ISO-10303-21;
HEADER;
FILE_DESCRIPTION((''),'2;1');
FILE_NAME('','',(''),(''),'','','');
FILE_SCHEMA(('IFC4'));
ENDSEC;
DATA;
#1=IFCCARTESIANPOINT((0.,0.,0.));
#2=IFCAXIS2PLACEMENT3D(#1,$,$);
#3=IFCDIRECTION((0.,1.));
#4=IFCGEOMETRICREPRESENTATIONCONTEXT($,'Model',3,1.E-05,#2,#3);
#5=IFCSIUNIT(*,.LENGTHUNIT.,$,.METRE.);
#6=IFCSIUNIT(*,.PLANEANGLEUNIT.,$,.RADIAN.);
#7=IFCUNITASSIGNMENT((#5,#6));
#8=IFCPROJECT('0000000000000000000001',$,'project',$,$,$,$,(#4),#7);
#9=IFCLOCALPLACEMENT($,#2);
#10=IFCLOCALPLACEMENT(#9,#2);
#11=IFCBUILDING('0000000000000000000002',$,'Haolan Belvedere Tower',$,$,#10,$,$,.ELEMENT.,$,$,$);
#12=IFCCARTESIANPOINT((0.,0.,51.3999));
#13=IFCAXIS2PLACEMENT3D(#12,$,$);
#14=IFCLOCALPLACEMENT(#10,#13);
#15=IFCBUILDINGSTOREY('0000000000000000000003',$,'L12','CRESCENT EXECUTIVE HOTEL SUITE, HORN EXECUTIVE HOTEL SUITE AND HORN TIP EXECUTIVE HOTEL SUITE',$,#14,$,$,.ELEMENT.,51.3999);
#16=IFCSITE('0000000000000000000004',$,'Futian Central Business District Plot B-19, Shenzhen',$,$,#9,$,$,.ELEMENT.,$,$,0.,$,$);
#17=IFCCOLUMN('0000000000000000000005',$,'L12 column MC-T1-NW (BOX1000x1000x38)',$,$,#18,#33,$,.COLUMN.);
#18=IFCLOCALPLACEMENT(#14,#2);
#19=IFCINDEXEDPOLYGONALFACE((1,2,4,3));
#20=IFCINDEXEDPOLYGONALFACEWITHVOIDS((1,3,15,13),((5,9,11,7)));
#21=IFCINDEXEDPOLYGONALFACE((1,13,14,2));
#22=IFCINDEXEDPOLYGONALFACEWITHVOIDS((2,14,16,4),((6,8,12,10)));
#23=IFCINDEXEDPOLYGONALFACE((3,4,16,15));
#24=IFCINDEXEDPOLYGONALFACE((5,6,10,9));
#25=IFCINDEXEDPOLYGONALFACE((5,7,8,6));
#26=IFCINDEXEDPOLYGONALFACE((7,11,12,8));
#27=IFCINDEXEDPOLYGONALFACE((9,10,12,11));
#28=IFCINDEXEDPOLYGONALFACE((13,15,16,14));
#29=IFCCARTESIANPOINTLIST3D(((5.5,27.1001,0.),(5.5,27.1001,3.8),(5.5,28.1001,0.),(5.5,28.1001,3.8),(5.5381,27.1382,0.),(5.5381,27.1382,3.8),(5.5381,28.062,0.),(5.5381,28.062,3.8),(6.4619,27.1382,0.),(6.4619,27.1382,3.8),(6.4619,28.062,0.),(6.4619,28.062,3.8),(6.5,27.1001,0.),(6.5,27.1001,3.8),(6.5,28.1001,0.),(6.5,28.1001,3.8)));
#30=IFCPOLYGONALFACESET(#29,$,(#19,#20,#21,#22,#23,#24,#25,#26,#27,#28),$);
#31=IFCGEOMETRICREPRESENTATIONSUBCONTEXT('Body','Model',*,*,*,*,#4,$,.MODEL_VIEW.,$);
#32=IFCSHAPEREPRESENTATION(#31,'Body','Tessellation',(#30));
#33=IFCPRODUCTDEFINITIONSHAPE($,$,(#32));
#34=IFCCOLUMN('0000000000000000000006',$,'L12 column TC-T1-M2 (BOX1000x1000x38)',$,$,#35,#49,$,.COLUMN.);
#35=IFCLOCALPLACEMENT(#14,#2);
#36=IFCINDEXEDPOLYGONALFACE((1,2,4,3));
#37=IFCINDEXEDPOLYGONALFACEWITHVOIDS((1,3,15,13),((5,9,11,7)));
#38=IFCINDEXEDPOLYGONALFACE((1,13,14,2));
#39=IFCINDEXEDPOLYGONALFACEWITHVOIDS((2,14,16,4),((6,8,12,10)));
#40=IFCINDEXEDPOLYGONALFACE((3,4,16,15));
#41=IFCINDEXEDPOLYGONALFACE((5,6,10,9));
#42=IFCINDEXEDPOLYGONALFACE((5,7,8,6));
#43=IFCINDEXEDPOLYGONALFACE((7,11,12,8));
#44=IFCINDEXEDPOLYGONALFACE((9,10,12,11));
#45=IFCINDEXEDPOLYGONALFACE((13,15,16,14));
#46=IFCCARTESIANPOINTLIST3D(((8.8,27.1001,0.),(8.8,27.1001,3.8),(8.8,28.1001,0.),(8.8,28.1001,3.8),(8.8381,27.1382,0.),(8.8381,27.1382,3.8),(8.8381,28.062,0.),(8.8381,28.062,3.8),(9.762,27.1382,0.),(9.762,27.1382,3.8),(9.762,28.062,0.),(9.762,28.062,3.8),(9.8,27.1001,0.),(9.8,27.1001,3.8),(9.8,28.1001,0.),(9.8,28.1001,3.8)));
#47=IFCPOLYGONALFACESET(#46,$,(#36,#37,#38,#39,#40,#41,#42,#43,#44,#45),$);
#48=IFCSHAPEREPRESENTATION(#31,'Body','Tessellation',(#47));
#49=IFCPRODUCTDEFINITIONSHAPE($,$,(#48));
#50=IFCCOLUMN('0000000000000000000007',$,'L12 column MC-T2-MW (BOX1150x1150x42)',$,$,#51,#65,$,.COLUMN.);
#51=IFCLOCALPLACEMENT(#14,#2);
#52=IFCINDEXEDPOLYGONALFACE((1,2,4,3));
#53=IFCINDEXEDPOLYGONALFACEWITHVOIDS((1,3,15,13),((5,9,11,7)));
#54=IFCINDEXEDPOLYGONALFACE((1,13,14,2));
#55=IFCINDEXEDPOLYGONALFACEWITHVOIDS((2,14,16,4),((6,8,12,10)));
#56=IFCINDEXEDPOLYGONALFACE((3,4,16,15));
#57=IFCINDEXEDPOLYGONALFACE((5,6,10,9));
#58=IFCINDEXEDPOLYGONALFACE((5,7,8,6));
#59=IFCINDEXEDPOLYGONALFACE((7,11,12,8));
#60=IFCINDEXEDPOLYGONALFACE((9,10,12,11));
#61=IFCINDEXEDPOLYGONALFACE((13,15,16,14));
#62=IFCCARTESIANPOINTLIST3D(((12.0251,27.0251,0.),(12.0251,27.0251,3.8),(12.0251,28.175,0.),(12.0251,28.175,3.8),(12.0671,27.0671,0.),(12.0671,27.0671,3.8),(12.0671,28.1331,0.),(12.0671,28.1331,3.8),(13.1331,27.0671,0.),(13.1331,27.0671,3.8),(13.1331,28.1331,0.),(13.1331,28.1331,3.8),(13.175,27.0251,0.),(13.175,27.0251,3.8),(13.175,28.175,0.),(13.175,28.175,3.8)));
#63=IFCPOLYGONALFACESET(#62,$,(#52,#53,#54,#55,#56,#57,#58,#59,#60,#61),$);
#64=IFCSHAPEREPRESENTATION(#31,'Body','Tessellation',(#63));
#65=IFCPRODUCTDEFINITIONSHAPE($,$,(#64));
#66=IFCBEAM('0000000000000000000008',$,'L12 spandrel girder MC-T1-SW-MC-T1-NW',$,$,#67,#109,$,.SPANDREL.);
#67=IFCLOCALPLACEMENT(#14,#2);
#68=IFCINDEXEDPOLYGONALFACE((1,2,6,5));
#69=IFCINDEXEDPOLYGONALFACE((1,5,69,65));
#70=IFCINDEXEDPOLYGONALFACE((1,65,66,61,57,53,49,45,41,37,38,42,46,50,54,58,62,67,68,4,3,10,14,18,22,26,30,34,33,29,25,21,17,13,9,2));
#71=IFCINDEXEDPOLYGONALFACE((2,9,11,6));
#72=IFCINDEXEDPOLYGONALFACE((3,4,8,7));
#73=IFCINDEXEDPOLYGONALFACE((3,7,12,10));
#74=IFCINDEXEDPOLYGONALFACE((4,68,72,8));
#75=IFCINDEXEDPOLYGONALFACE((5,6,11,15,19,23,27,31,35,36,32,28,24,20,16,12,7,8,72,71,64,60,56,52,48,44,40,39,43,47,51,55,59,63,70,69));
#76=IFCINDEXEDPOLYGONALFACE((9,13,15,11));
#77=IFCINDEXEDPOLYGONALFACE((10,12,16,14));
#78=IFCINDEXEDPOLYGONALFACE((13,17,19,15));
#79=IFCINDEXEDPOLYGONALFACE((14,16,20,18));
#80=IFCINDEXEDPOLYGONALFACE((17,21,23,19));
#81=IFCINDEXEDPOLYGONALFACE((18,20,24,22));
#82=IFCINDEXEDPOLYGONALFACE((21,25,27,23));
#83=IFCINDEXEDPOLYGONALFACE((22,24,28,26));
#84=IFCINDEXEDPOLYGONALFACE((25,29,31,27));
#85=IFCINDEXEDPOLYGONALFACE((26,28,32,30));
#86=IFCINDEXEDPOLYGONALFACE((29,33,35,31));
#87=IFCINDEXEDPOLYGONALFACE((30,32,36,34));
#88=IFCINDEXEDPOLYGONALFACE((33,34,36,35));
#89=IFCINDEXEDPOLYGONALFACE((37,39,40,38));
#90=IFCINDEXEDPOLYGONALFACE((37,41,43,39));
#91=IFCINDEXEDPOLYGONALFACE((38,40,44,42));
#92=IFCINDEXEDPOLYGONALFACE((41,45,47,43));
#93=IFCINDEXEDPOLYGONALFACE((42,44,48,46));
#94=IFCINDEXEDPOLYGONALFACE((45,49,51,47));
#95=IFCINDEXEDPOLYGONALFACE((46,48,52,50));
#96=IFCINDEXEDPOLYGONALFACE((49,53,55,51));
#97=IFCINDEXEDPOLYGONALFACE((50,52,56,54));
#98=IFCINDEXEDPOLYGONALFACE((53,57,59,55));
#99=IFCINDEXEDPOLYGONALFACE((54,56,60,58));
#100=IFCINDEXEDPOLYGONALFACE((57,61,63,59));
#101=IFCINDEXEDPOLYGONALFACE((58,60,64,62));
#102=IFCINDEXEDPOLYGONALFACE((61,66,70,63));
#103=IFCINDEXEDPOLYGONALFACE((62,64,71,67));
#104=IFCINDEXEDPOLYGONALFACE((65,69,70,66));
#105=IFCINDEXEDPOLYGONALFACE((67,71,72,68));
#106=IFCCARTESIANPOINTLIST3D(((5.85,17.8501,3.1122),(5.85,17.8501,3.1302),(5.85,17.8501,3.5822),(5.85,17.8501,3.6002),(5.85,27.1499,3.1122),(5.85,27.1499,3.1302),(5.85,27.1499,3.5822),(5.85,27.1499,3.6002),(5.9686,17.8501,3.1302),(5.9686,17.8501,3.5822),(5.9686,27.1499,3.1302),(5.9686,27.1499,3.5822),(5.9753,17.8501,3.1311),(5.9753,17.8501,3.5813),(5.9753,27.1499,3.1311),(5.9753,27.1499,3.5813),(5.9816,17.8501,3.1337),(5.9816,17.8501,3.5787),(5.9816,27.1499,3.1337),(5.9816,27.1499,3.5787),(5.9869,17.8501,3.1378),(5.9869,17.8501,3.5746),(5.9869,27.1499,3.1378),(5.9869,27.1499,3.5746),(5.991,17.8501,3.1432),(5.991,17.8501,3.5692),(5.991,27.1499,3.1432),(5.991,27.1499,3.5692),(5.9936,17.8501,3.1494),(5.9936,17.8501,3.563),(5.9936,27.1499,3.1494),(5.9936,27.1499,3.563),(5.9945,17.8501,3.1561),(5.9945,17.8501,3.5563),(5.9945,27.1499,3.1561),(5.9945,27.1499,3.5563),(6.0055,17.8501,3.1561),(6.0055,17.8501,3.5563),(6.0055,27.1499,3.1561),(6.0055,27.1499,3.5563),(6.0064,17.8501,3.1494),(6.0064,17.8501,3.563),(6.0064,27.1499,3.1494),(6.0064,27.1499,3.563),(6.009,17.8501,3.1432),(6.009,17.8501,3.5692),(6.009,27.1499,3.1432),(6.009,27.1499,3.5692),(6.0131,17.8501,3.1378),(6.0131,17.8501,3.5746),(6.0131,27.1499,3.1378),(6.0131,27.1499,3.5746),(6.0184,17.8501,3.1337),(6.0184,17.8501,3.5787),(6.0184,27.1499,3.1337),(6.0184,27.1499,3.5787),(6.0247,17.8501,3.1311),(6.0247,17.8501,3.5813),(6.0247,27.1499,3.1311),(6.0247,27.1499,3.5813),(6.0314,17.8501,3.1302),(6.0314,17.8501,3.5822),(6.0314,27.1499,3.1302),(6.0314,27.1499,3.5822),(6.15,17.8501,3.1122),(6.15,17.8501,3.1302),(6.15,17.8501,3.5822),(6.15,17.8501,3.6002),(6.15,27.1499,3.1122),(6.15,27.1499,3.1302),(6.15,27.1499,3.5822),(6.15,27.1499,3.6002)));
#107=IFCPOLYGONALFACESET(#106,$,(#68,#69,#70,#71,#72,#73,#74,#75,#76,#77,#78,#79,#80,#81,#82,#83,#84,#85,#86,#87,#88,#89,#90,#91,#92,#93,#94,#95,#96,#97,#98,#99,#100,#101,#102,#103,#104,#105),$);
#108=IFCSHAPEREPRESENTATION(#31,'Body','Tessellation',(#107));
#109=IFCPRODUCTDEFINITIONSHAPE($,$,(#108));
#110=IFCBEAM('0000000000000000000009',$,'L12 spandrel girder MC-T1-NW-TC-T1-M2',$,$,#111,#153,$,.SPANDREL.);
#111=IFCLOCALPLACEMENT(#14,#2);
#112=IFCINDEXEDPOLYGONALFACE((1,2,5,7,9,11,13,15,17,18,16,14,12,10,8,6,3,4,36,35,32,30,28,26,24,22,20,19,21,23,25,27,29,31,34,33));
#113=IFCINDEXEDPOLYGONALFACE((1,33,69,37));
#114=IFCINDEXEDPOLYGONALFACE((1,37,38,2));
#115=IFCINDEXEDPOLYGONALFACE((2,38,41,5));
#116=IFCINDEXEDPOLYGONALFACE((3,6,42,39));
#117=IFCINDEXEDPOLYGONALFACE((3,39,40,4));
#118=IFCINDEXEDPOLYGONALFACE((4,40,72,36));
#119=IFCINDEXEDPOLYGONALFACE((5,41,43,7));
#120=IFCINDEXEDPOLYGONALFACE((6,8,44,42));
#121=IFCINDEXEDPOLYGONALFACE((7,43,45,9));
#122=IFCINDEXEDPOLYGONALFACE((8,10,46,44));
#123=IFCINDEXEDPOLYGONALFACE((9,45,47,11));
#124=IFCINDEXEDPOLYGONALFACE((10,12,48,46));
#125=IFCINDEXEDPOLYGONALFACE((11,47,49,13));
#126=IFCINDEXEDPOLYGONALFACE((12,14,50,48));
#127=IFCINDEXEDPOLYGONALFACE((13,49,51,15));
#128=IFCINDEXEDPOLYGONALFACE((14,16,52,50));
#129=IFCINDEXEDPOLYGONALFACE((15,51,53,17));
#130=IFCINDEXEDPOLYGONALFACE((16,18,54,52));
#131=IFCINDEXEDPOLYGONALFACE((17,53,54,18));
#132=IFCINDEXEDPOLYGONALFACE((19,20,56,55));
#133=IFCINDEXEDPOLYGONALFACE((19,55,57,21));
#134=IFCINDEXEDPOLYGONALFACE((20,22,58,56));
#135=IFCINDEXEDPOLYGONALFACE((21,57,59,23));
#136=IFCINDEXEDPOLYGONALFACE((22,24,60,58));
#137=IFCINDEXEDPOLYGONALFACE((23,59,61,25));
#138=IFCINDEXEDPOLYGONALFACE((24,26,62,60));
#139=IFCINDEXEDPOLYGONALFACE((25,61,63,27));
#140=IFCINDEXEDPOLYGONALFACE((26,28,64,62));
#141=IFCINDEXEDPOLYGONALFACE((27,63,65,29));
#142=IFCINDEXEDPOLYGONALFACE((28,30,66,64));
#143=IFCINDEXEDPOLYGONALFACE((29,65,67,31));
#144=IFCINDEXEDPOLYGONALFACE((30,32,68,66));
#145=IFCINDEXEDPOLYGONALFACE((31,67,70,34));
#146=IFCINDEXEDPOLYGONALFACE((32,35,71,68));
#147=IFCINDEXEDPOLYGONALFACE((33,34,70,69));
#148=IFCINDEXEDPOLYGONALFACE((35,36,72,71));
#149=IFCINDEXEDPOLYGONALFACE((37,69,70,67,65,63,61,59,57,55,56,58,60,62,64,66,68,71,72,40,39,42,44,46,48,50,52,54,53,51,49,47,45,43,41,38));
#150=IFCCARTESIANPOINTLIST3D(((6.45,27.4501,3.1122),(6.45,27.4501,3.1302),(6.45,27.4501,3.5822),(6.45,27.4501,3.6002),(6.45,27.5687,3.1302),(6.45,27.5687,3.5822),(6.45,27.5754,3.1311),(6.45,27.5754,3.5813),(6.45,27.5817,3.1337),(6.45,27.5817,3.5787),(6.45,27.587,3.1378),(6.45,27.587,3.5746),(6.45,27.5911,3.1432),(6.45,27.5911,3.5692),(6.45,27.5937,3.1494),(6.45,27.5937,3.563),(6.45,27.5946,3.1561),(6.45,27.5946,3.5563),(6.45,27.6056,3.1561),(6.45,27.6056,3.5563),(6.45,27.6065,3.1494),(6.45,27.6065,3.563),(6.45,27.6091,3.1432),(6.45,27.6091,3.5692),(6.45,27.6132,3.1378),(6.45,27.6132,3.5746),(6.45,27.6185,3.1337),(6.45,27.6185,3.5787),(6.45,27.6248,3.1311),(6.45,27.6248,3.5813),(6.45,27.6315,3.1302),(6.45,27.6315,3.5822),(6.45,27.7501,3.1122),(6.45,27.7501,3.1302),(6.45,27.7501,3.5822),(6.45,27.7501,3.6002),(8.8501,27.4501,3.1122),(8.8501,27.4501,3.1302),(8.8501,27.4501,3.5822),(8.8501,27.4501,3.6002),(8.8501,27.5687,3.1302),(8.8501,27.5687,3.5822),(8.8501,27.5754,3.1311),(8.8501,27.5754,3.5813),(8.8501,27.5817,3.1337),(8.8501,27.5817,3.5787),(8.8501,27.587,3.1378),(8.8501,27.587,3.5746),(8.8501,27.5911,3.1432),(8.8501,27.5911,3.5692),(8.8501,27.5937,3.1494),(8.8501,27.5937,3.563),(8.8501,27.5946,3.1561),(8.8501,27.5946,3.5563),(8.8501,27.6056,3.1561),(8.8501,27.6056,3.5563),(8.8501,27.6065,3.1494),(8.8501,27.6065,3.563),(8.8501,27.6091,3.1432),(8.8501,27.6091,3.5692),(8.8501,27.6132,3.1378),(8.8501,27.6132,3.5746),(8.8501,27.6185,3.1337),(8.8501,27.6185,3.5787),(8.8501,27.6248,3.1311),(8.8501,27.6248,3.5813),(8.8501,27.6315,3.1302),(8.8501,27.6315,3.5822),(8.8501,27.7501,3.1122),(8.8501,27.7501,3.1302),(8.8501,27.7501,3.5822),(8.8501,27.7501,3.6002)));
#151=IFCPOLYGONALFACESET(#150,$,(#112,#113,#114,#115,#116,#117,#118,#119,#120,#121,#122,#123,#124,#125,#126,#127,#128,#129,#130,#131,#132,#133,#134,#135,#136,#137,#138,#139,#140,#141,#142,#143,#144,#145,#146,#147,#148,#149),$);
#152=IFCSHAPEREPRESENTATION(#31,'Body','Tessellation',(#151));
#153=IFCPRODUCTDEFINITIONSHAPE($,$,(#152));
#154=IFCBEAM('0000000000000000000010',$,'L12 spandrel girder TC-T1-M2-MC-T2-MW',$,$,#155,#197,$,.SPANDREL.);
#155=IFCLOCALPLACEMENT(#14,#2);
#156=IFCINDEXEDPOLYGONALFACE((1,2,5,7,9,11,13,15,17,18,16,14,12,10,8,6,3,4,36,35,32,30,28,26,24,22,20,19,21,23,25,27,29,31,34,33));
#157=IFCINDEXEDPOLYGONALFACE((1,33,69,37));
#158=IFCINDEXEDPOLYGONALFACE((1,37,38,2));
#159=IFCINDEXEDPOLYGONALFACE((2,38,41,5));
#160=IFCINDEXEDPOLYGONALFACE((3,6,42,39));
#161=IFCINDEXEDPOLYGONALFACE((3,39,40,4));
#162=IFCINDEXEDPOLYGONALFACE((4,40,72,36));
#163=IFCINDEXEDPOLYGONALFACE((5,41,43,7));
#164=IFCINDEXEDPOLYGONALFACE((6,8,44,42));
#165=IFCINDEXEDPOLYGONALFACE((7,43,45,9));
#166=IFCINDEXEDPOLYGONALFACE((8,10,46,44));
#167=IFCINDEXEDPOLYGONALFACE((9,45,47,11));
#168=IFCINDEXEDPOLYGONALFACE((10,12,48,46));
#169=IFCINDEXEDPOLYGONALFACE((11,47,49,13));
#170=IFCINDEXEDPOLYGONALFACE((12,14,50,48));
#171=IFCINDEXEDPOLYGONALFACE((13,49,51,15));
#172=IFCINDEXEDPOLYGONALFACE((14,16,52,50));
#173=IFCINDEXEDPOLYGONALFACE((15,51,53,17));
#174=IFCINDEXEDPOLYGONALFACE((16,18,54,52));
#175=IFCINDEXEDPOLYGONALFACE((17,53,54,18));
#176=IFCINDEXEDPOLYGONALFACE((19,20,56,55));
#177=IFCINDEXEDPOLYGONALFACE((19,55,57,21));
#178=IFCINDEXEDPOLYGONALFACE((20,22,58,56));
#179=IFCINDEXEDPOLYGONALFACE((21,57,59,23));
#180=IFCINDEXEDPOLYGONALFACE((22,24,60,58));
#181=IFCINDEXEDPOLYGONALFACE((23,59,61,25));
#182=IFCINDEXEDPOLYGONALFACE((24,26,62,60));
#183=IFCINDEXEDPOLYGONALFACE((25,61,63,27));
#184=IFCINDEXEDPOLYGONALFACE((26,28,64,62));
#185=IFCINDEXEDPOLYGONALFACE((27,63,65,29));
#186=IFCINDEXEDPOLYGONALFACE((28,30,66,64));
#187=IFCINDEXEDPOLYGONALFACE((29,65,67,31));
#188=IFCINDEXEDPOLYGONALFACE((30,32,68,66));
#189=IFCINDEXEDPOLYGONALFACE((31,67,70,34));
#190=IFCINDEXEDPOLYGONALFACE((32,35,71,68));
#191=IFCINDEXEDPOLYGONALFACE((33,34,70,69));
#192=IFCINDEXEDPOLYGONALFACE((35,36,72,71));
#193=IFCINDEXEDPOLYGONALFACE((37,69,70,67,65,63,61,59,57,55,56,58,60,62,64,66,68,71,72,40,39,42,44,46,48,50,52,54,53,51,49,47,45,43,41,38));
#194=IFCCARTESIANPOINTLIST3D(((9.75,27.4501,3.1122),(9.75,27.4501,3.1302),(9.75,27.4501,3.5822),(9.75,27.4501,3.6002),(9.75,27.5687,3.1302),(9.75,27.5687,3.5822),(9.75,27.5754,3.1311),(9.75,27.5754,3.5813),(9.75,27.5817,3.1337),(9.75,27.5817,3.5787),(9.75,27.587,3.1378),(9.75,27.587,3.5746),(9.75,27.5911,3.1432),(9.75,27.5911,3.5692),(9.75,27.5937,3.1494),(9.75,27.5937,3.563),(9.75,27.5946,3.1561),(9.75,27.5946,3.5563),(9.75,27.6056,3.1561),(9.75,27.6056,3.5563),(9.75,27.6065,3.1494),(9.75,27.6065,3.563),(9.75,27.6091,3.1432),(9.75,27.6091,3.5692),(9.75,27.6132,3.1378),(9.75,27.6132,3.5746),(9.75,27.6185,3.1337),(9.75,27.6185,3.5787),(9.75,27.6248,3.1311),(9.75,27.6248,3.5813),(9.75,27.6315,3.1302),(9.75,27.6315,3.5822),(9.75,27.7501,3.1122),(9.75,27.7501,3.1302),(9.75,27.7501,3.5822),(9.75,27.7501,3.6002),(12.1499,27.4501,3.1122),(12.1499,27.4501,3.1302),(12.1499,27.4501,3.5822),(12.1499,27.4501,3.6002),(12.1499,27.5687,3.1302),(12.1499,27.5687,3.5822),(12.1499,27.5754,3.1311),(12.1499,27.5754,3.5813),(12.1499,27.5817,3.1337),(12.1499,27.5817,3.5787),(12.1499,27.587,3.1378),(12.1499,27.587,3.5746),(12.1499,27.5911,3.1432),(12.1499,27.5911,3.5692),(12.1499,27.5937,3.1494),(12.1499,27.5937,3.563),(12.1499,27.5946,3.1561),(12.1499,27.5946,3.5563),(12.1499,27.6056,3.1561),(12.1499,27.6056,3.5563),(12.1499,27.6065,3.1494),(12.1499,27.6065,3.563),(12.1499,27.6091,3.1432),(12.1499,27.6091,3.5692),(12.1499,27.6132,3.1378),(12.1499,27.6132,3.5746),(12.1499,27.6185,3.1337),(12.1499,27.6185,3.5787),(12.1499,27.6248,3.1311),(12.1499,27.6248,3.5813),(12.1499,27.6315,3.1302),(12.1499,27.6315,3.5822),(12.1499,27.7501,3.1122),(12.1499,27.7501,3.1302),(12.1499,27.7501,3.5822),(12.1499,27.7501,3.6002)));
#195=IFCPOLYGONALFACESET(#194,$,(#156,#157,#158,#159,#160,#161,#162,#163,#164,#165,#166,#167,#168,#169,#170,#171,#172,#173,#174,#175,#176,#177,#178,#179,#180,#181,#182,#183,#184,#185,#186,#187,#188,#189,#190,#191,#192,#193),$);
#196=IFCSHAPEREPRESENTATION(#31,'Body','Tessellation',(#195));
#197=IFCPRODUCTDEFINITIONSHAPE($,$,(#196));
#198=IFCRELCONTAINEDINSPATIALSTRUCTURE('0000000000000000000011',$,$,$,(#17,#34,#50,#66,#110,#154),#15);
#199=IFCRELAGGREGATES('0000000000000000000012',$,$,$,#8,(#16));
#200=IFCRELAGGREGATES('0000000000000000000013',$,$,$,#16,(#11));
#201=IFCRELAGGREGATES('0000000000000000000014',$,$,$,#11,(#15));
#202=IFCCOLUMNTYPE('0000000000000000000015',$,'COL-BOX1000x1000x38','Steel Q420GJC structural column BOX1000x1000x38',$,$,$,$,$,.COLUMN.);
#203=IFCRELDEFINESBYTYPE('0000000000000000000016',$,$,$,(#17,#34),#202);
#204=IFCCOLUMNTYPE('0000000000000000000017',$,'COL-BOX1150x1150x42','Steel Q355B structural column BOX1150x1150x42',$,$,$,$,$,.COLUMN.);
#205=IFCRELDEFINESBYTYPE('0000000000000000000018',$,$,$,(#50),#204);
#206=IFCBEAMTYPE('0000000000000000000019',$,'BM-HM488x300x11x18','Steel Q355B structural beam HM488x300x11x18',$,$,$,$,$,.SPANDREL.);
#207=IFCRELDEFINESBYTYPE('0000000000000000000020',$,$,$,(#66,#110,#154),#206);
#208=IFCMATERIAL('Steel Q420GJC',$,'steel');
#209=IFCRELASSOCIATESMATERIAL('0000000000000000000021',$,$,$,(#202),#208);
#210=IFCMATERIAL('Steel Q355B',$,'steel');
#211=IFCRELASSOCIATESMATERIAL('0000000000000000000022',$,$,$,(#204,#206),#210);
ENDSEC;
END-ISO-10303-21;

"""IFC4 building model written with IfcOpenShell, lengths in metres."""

from ifc_helpers import new_model, si_unit, direction, frame, origin, origin_2d, place, context, subcontext, project, spatial, hollow_rectangle, i_section, extrude, material, material_profile, profile_set, type_object, element, save


model = new_model("IFC4")

# Units and contexts
model_context = context("Model", 3, precision=1e-05, world=origin(), true_north=direction((0.0, 1.0)))
body_context = subcontext(model_context, "Body", "Model", "MODEL_VIEW")
ifc_project = project(units=[si_unit("LENGTHUNIT", "METRE"), si_unit("PLANEANGLEUNIT", "RADIAN")], contexts=[model_context])

# Site, building, storey
site_placement = place(None, origin())
site = spatial("IfcSite", under=ifc_project, at=site_placement, Name="Futian Central Business District Plot B-19, Shenzhen", CompositionType="ELEMENT", RefElevation=0.0)
building_placement = place(site_placement, origin())
building = spatial("IfcBuilding", under=site, at=building_placement, Name="Haolan Belvedere Tower", CompositionType="ELEMENT")
storey_placement = place(building_placement, frame((0.0, 0.0, 51.3999)))
storey = spatial("IfcBuildingStorey", under=building, at=storey_placement, Name="L12", Description="CRESCENT EXECUTIVE HOTEL SUITE, HORN EXECUTIVE HOTEL SUITE AND HORN TIP EXECUTIVE HOTEL SUITE", CompositionType="ELEMENT", Elevation=51.3999)

# Columns
ifc_material_1 = material(Name="Steel Q420GJC", Category="steel")
ifc_material_profile_1 = material_profile(ifc_material_1, hollow_rectangle(XDim=1.0, YDim=1.0, WallThickness=0.0381, at=origin_2d()), Name="Steel Q420GJC")
ifc_profile_set_1 = profile_set([ifc_material_profile_1], Name="Steel Q420GJC")
column_type_1 = type_object("IfcColumnType", Name="COL-BOX1000x1000x38", Description="Steel Q420GJC structural column BOX1000x1000x38", PredefinedType="COLUMN", material=ifc_profile_set_1)
for number, where, z_axis, x_axis, name in (
    (1, (6.0, 27.6001, 0.0), (0.0, 0.0, 1.0), (1.0, 0.0, 0.0), "L12 column MC-T1-NW (BOX1000x1000x38)"),
    (2, (9.3, 27.6001, 0.0), (0.0, 0.0, 1.0), (1.0, 0.0, 0.0), "L12 column TC-T1-M2 (BOX1000x1000x38)"),
):
    element("IfcColumn", number, at=place(storey_placement, frame(where, z_axis=z_axis, x_axis=x_axis)), inside=storey, type_object=column_type_1, Name=name, PredefinedType="COLUMN", context=body_context, shape_type="SweptSolid", body=[
        extrude(hollow_rectangle(XDim=1.0, YDim=1.0, WallThickness=0.0381, at=origin_2d()), origin(), (0.0, 0.0, 1.0), 3.8),
    ])
ifc_material_2 = material(Name="Steel Q355B", Category="steel")
ifc_material_profile_2 = material_profile(ifc_material_2, hollow_rectangle(XDim=1.1499, YDim=1.1499, WallThickness=0.042, at=origin_2d()), Name="Steel Q355B")
ifc_profile_set_2 = profile_set([ifc_material_profile_2], Name="Steel Q355B")
column_type_2 = type_object("IfcColumnType", Name="COL-BOX1150x1150x42", Description="Steel Q355B structural column BOX1150x1150x42", PredefinedType="COLUMN", material=ifc_profile_set_2)
column_placement = place(storey_placement, frame((12.6001, 27.6001, 0.0), z_axis=(0.0, 0.0, 1.0), x_axis=(1.0, 0.0, 0.0)))
element("IfcColumn", 3, at=column_placement, inside=storey, type_object=column_type_2, Name="L12 column MC-T2-MW (BOX1150x1150x42)", PredefinedType="COLUMN", context=body_context, shape_type="SweptSolid", body=[
    extrude(hollow_rectangle(XDim=1.1499, YDim=1.1499, WallThickness=0.042, at=origin_2d()), origin(), (0.0, 0.0, 1.0), 3.8),
])

# Beams
ifc_material_profile_3 = material_profile(ifc_material_2, i_section(OverallWidth=0.3, OverallDepth=0.488, WebThickness=0.011, FlangeThickness=0.0181, FilletRadius=0.0259, at=origin_2d()), Name="Steel Q355B")
ifc_profile_set_3 = profile_set([ifc_material_profile_3], Name="Steel Q355B")
beam_type_1 = type_object("IfcBeamType", Name="BM-HM488x300x11x18", Description="Steel Q355B structural beam HM488x300x11x18", PredefinedType="SPANDREL", material=ifc_profile_set_3)
beam_1_placement = place(storey_placement, frame((6.0, 17.8501, 3.3562), z_axis=(0.0, 1.0, 0.0), x_axis=(-1.0, 0.0, 0.0)))
element("IfcBeam", 4, at=beam_1_placement, inside=storey, type_object=beam_type_1, Name="L12 spandrel girder MC-T1-SW-MC-T1-NW", PredefinedType="SPANDREL", context=body_context, shape_type="SweptSolid", body=[
    extrude(i_section(OverallWidth=0.3, OverallDepth=0.488, WebThickness=0.011, FlangeThickness=0.0181, FilletRadius=0.0259, at=origin_2d()), origin(), (0.0, 0.0, 1.0), 9.2998),
])
beam_2_placement = place(storey_placement, frame((6.45, 27.6001, 3.3562), z_axis=(1.0, 0.0, 0.0), x_axis=(0.0, 1.0, 0.0)))
element("IfcBeam", 5, at=beam_2_placement, inside=storey, type_object=beam_type_1, Name="L12 spandrel girder MC-T1-NW-TC-T1-M2", PredefinedType="SPANDREL", context=body_context, shape_type="SweptSolid", body=[
    extrude(i_section(OverallWidth=0.3, OverallDepth=0.488, WebThickness=0.011, FlangeThickness=0.0181, FilletRadius=0.0259, at=origin_2d()), origin(), (0.0, 0.0, 1.0), 2.4001),
])
beam_3_placement = place(storey_placement, frame((9.75, 27.6001, 3.3562), z_axis=(1.0, 0.0, 0.0), x_axis=(0.0, 1.0, 0.0)))
element("IfcBeam", 6, at=beam_3_placement, inside=storey, type_object=beam_type_1, Name="L12 spandrel girder TC-T1-M2-MC-T2-MW", PredefinedType="SPANDREL", context=body_context, shape_type="SweptSolid", body=[
    extrude(i_section(OverallWidth=0.3, OverallDepth=0.488, WebThickness=0.011, FlangeThickness=0.0181, FilletRadius=0.0259, at=origin_2d()), origin(), (0.0, 0.0, 1.0), 2.3999),
])

save(model, "model.ifc")
